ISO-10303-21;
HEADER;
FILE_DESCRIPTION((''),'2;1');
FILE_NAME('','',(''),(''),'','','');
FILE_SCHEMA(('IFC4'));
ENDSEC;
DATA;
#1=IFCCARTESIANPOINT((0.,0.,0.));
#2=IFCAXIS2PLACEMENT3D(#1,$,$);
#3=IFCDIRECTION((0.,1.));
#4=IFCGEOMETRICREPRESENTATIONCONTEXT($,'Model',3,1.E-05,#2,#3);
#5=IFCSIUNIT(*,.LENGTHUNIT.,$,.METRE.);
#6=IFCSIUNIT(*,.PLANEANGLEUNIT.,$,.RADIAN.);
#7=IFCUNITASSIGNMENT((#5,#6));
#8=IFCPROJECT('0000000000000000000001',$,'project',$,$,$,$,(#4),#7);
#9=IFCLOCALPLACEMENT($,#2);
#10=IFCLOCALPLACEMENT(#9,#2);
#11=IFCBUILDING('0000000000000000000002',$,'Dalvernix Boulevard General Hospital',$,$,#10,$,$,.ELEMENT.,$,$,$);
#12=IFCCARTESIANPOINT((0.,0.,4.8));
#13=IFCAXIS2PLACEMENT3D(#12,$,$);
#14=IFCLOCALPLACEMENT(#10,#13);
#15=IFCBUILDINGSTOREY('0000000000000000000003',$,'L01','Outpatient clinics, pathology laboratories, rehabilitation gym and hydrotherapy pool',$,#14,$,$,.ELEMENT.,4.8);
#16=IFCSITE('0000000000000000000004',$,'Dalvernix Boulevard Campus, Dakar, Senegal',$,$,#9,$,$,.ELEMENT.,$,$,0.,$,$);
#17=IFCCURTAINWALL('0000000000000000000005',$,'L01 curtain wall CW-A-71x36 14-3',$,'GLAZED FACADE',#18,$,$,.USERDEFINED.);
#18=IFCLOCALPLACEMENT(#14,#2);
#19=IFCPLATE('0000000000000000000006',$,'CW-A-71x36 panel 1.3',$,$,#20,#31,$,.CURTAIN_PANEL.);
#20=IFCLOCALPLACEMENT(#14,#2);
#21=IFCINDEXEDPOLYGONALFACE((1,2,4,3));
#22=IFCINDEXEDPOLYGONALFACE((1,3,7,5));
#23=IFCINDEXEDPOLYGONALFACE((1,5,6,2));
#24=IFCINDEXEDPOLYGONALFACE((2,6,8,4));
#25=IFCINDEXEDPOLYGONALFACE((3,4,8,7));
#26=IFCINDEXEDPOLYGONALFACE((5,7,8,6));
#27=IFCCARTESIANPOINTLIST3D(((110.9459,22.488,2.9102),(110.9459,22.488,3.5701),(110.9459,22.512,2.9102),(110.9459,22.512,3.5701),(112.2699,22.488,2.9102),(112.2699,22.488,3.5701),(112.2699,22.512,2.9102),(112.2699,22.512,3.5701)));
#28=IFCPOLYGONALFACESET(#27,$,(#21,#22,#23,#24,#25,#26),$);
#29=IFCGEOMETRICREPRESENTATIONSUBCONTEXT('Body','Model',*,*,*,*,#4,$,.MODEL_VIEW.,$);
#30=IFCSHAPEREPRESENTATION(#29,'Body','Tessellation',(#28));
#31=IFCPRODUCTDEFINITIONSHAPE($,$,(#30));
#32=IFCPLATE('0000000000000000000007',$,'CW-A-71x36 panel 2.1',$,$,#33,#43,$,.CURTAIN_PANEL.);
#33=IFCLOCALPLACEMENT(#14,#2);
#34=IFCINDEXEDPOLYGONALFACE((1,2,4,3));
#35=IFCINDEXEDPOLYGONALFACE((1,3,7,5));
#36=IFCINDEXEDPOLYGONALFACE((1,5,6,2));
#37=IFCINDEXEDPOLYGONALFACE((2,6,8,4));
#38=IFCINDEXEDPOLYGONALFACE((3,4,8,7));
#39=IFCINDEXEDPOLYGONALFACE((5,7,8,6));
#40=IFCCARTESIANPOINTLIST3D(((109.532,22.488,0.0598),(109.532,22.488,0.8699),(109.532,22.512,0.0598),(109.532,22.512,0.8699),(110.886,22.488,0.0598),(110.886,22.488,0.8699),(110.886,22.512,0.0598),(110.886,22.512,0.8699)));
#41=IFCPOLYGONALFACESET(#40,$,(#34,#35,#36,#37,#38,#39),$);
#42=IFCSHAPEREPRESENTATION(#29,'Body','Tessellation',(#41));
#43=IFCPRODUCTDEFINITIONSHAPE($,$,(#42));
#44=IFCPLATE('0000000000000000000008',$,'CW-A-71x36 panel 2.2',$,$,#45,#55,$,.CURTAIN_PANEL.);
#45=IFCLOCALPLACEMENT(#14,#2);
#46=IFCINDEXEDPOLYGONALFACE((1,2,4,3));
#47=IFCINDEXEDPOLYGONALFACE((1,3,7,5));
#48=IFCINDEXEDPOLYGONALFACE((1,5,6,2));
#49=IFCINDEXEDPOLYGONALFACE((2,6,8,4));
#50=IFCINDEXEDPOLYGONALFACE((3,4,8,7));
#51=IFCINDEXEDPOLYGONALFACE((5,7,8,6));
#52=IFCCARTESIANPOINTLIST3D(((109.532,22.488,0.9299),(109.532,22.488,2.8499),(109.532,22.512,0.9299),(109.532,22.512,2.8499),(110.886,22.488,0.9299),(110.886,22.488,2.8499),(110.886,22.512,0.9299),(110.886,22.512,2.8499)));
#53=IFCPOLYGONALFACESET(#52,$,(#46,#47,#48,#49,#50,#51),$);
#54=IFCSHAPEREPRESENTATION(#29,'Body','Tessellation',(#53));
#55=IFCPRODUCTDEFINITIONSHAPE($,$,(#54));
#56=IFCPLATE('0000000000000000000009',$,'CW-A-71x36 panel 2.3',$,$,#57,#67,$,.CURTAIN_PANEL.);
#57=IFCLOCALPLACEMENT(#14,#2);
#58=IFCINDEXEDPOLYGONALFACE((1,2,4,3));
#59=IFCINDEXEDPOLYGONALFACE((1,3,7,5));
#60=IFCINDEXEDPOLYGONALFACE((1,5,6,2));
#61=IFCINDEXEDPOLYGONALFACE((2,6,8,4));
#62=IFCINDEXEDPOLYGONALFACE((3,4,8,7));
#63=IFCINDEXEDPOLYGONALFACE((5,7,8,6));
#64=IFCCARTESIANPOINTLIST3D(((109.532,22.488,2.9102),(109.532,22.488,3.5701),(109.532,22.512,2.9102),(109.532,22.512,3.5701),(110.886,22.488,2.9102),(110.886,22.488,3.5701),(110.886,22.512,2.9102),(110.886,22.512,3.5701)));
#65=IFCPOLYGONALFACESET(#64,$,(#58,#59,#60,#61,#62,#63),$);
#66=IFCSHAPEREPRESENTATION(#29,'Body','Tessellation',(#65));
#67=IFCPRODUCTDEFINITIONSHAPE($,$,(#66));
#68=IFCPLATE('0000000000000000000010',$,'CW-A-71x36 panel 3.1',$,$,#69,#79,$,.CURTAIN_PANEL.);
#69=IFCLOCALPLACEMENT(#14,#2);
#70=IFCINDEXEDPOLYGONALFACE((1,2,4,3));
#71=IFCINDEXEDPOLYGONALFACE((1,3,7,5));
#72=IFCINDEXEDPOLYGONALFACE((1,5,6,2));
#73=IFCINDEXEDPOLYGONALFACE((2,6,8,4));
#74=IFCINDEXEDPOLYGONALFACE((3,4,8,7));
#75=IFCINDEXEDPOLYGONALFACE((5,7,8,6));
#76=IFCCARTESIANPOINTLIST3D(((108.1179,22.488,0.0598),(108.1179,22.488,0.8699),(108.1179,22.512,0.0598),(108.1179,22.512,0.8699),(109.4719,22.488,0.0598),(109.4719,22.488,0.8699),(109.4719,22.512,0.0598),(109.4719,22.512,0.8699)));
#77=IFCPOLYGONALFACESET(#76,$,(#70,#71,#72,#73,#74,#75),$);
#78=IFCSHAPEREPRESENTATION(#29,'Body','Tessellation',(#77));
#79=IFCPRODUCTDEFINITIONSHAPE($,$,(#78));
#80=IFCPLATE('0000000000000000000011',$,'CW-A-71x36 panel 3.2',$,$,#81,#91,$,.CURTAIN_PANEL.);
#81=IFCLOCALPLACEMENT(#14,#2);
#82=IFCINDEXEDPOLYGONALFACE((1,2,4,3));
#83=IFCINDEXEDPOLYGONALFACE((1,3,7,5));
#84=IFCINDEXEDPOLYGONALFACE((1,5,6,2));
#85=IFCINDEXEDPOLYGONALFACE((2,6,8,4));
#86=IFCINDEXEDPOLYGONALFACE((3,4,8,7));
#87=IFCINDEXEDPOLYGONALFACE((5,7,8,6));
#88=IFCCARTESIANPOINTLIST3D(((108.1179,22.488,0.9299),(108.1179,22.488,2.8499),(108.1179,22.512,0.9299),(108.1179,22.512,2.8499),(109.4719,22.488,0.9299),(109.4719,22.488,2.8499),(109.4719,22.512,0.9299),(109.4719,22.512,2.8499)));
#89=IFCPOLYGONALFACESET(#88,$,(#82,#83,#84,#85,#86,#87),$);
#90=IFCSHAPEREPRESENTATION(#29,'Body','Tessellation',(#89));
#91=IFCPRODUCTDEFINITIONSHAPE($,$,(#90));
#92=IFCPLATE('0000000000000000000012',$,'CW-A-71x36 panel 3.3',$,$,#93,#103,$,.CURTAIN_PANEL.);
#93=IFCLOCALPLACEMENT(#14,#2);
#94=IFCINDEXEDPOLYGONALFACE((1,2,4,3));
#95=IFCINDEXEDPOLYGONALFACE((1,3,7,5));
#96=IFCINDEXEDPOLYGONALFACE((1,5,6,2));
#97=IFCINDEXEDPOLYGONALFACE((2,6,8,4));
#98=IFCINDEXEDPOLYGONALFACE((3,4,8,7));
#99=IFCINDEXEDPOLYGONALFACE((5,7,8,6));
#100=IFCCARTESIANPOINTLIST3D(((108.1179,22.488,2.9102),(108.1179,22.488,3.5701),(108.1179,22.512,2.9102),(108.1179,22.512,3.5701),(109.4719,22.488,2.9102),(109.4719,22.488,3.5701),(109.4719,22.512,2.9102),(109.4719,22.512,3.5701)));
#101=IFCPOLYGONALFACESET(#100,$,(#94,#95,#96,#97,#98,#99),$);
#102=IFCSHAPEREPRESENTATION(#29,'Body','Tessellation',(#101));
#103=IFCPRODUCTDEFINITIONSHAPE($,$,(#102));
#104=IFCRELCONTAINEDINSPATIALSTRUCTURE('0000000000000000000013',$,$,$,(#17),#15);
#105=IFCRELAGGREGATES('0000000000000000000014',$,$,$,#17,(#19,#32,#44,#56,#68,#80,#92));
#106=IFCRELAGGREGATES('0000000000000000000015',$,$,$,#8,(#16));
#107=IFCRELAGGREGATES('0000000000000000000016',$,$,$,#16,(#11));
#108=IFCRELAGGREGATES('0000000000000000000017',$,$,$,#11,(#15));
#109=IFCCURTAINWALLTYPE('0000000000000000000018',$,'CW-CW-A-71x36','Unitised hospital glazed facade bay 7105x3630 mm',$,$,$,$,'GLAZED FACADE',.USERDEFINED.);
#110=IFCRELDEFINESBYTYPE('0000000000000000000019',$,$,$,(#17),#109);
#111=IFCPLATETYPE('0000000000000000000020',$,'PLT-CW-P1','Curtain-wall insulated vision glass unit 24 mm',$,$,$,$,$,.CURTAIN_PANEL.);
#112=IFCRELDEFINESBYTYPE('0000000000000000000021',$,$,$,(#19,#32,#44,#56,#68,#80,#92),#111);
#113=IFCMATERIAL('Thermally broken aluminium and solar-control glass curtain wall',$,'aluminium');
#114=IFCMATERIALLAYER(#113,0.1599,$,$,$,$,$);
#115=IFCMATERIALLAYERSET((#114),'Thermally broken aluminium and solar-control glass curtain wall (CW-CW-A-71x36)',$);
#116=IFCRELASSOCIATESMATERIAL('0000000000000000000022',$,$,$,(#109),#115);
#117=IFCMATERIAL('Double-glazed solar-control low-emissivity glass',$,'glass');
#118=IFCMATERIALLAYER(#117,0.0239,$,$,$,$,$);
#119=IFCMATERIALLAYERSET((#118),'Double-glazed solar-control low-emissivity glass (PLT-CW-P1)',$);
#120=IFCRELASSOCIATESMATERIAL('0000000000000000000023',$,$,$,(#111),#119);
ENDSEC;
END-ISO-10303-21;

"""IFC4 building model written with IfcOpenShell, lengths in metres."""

from ifc_helpers import new_model, si_unit, direction, frame, origin, origin_2d, place, context, subcontext, project, spatial, rectangle, extrude, material, layer, layer_set, type_object, element, aggregate, save


model = new_model("IFC4")

# Units and contexts
model_context = context("Model", 3, precision=1e-05, world=origin(), true_north=direction((0.0, 1.0)))
body_context = subcontext(model_context, "Body", "Model", "MODEL_VIEW")
ifc_project = project(units=[si_unit("LENGTHUNIT", "METRE"), si_unit("PLANEANGLEUNIT", "RADIAN")], contexts=[model_context])

# Site, building, storey
site_placement = place(None, origin())
site = spatial("IfcSite", under=ifc_project, at=site_placement, Name="Dalvernix Boulevard Campus, Dakar, Senegal", CompositionType="ELEMENT", RefElevation=0.0)
building_placement = place(site_placement, origin())
building = spatial("IfcBuilding", under=site, at=building_placement, Name="Dalvernix Boulevard General Hospital", CompositionType="ELEMENT")
storey_placement = place(building_placement, frame((0.0, 0.0, 4.8)))
storey = spatial("IfcBuildingStorey", under=building, at=storey_placement, Name="L01", Description="Outpatient clinics, pathology laboratories, rehabilitation gym and hydrotherapy pool", CompositionType="ELEMENT", Elevation=4.8)

# Curtain wall, plates
ifc_material_1 = material(Name="Thermally broken aluminium and solar-control glass curtain wall", Category="aluminium")
ifc_layer_1 = layer(ifc_material_1, 0.1599)
ifc_layer_set_1 = layer_set([ifc_layer_1], Name="Thermally broken aluminium and solar-control glass curtain wall (CW-CW-A-71x36)")
curtain_wall_type = type_object("IfcCurtainWallType", Name="CW-CW-A-71x36", Description="Unitised hospital glazed facade bay 7105x3630 mm", ElementType="GLAZED FACADE", PredefinedType="USERDEFINED", material=ifc_layer_set_1)
curtain_wall_placement = place(storey_placement, origin())
curtain_wall = element("IfcCurtainWall", 1, at=curtain_wall_placement, inside=storey, type_object=curtain_wall_type, Name="L01 curtain wall CW-A-71x36 14-3", ObjectType="GLAZED FACADE", PredefinedType="USERDEFINED")
ifc_material_2 = material(Name="Double-glazed solar-control low-emissivity glass", Category="glass")
ifc_layer_2 = layer(ifc_material_2, 0.0239)
ifc_layer_set_2 = layer_set([ifc_layer_2], Name="Double-glazed solar-control low-emissivity glass (PLT-CW-P1)")
plate_type = type_object("IfcPlateType", Name="PLT-CW-P1", Description="Curtain-wall insulated vision glass unit 24 mm", PredefinedType="CURTAIN_PANEL", material=ifc_layer_set_2)
plate_1_placement = place(storey_placement, frame((111.6079, 22.5, 2.9102), z_axis=(0.0, 0.0, 1.0), x_axis=(-1.0, 0.0, 0.0)))
plate_1 = element("IfcPlate", 2, at=plate_1_placement, type_object=plate_type, Name="CW-A-71x36 panel 1.3", PredefinedType="CURTAIN_PANEL", context=body_context, shape_type="SweptSolid", body=[
    extrude(rectangle(XDim=1.324, YDim=0.0239, at=origin_2d()), origin(), (0.0, 0.0, 1.0), 0.6599),
])
plate_2_placement = place(storey_placement, frame((110.209, 22.5, 0.0598), z_axis=(0.0, 0.0, 1.0), x_axis=(-1.0, 0.0, 0.0)))
plate_2 = element("IfcPlate", 3, at=plate_2_placement, type_object=plate_type, Name="CW-A-71x36 panel 2.1", PredefinedType="CURTAIN_PANEL", context=body_context, shape_type="SweptSolid", body=[
    extrude(rectangle(XDim=1.354, YDim=0.0239, at=origin_2d()), origin(), (0.0, 0.0, 1.0), 0.8101),
])
plate_3_placement = place(storey_placement, frame((110.209, 22.5, 0.9299), z_axis=(0.0, 0.0, 1.0), x_axis=(-1.0, 0.0, 0.0)))
plate_3 = element("IfcPlate", 4, at=plate_3_placement, type_object=plate_type, Name="CW-A-71x36 panel 2.2", PredefinedType="CURTAIN_PANEL", context=body_context, shape_type="SweptSolid", body=[
    extrude(rectangle(XDim=1.354, YDim=0.0239, at=origin_2d()), origin(), (0.0, 0.0, 1.0), 1.9199),
])
plate_4_placement = place(storey_placement, frame((110.209, 22.5, 2.9102), z_axis=(0.0, 0.0, 1.0), x_axis=(-1.0, 0.0, 0.0)))
plate_4 = element("IfcPlate", 5, at=plate_4_placement, type_object=plate_type, Name="CW-A-71x36 panel 2.3", PredefinedType="CURTAIN_PANEL", context=body_context, shape_type="SweptSolid", body=[
    extrude(rectangle(XDim=1.354, YDim=0.0239, at=origin_2d()), origin(), (0.0, 0.0, 1.0), 0.6599),
])
plate_5_placement = place(storey_placement, frame((108.7949, 22.5, 0.0598), z_axis=(0.0, 0.0, 1.0), x_axis=(-1.0, 0.0, 0.0)))
plate_5 = element("IfcPlate", 6, at=plate_5_placement, type_object=plate_type, Name="CW-A-71x36 panel 3.1", PredefinedType="CURTAIN_PANEL", context=body_context, shape_type="SweptSolid", body=[
    extrude(rectangle(XDim=1.354, YDim=0.0239, at=origin_2d()), origin(), (0.0, 0.0, 1.0), 0.8101),
])
plate_6_placement = place(storey_placement, frame((108.7949, 22.5, 0.9299), z_axis=(0.0, 0.0, 1.0), x_axis=(-1.0, 0.0, 0.0)))
plate_6 = element("IfcPlate", 7, at=plate_6_placement, type_object=plate_type, Name="CW-A-71x36 panel 3.2", PredefinedType="CURTAIN_PANEL", context=body_context, shape_type="SweptSolid", body=[
    extrude(rectangle(XDim=1.354, YDim=0.0239, at=origin_2d()), origin(), (0.0, 0.0, 1.0), 1.9199),
])
plate_7_placement = place(storey_placement, frame((108.7949, 22.5, 2.9102), z_axis=(0.0, 0.0, 1.0), x_axis=(-1.0, 0.0, 0.0)))
plate_7 = element("IfcPlate", 8, at=plate_7_placement, type_object=plate_type, Name="CW-A-71x36 panel 3.3", PredefinedType="CURTAIN_PANEL", context=body_context, shape_type="SweptSolid", body=[
    extrude(rectangle(XDim=1.354, YDim=0.0239, at=origin_2d()), origin(), (0.0, 0.0, 1.0), 0.6599),
])
aggregate(curtain_wall, [plate_1, plate_2, plate_3, plate_4, plate_5, plate_6, plate_7])

save(model, "model.ifc")
